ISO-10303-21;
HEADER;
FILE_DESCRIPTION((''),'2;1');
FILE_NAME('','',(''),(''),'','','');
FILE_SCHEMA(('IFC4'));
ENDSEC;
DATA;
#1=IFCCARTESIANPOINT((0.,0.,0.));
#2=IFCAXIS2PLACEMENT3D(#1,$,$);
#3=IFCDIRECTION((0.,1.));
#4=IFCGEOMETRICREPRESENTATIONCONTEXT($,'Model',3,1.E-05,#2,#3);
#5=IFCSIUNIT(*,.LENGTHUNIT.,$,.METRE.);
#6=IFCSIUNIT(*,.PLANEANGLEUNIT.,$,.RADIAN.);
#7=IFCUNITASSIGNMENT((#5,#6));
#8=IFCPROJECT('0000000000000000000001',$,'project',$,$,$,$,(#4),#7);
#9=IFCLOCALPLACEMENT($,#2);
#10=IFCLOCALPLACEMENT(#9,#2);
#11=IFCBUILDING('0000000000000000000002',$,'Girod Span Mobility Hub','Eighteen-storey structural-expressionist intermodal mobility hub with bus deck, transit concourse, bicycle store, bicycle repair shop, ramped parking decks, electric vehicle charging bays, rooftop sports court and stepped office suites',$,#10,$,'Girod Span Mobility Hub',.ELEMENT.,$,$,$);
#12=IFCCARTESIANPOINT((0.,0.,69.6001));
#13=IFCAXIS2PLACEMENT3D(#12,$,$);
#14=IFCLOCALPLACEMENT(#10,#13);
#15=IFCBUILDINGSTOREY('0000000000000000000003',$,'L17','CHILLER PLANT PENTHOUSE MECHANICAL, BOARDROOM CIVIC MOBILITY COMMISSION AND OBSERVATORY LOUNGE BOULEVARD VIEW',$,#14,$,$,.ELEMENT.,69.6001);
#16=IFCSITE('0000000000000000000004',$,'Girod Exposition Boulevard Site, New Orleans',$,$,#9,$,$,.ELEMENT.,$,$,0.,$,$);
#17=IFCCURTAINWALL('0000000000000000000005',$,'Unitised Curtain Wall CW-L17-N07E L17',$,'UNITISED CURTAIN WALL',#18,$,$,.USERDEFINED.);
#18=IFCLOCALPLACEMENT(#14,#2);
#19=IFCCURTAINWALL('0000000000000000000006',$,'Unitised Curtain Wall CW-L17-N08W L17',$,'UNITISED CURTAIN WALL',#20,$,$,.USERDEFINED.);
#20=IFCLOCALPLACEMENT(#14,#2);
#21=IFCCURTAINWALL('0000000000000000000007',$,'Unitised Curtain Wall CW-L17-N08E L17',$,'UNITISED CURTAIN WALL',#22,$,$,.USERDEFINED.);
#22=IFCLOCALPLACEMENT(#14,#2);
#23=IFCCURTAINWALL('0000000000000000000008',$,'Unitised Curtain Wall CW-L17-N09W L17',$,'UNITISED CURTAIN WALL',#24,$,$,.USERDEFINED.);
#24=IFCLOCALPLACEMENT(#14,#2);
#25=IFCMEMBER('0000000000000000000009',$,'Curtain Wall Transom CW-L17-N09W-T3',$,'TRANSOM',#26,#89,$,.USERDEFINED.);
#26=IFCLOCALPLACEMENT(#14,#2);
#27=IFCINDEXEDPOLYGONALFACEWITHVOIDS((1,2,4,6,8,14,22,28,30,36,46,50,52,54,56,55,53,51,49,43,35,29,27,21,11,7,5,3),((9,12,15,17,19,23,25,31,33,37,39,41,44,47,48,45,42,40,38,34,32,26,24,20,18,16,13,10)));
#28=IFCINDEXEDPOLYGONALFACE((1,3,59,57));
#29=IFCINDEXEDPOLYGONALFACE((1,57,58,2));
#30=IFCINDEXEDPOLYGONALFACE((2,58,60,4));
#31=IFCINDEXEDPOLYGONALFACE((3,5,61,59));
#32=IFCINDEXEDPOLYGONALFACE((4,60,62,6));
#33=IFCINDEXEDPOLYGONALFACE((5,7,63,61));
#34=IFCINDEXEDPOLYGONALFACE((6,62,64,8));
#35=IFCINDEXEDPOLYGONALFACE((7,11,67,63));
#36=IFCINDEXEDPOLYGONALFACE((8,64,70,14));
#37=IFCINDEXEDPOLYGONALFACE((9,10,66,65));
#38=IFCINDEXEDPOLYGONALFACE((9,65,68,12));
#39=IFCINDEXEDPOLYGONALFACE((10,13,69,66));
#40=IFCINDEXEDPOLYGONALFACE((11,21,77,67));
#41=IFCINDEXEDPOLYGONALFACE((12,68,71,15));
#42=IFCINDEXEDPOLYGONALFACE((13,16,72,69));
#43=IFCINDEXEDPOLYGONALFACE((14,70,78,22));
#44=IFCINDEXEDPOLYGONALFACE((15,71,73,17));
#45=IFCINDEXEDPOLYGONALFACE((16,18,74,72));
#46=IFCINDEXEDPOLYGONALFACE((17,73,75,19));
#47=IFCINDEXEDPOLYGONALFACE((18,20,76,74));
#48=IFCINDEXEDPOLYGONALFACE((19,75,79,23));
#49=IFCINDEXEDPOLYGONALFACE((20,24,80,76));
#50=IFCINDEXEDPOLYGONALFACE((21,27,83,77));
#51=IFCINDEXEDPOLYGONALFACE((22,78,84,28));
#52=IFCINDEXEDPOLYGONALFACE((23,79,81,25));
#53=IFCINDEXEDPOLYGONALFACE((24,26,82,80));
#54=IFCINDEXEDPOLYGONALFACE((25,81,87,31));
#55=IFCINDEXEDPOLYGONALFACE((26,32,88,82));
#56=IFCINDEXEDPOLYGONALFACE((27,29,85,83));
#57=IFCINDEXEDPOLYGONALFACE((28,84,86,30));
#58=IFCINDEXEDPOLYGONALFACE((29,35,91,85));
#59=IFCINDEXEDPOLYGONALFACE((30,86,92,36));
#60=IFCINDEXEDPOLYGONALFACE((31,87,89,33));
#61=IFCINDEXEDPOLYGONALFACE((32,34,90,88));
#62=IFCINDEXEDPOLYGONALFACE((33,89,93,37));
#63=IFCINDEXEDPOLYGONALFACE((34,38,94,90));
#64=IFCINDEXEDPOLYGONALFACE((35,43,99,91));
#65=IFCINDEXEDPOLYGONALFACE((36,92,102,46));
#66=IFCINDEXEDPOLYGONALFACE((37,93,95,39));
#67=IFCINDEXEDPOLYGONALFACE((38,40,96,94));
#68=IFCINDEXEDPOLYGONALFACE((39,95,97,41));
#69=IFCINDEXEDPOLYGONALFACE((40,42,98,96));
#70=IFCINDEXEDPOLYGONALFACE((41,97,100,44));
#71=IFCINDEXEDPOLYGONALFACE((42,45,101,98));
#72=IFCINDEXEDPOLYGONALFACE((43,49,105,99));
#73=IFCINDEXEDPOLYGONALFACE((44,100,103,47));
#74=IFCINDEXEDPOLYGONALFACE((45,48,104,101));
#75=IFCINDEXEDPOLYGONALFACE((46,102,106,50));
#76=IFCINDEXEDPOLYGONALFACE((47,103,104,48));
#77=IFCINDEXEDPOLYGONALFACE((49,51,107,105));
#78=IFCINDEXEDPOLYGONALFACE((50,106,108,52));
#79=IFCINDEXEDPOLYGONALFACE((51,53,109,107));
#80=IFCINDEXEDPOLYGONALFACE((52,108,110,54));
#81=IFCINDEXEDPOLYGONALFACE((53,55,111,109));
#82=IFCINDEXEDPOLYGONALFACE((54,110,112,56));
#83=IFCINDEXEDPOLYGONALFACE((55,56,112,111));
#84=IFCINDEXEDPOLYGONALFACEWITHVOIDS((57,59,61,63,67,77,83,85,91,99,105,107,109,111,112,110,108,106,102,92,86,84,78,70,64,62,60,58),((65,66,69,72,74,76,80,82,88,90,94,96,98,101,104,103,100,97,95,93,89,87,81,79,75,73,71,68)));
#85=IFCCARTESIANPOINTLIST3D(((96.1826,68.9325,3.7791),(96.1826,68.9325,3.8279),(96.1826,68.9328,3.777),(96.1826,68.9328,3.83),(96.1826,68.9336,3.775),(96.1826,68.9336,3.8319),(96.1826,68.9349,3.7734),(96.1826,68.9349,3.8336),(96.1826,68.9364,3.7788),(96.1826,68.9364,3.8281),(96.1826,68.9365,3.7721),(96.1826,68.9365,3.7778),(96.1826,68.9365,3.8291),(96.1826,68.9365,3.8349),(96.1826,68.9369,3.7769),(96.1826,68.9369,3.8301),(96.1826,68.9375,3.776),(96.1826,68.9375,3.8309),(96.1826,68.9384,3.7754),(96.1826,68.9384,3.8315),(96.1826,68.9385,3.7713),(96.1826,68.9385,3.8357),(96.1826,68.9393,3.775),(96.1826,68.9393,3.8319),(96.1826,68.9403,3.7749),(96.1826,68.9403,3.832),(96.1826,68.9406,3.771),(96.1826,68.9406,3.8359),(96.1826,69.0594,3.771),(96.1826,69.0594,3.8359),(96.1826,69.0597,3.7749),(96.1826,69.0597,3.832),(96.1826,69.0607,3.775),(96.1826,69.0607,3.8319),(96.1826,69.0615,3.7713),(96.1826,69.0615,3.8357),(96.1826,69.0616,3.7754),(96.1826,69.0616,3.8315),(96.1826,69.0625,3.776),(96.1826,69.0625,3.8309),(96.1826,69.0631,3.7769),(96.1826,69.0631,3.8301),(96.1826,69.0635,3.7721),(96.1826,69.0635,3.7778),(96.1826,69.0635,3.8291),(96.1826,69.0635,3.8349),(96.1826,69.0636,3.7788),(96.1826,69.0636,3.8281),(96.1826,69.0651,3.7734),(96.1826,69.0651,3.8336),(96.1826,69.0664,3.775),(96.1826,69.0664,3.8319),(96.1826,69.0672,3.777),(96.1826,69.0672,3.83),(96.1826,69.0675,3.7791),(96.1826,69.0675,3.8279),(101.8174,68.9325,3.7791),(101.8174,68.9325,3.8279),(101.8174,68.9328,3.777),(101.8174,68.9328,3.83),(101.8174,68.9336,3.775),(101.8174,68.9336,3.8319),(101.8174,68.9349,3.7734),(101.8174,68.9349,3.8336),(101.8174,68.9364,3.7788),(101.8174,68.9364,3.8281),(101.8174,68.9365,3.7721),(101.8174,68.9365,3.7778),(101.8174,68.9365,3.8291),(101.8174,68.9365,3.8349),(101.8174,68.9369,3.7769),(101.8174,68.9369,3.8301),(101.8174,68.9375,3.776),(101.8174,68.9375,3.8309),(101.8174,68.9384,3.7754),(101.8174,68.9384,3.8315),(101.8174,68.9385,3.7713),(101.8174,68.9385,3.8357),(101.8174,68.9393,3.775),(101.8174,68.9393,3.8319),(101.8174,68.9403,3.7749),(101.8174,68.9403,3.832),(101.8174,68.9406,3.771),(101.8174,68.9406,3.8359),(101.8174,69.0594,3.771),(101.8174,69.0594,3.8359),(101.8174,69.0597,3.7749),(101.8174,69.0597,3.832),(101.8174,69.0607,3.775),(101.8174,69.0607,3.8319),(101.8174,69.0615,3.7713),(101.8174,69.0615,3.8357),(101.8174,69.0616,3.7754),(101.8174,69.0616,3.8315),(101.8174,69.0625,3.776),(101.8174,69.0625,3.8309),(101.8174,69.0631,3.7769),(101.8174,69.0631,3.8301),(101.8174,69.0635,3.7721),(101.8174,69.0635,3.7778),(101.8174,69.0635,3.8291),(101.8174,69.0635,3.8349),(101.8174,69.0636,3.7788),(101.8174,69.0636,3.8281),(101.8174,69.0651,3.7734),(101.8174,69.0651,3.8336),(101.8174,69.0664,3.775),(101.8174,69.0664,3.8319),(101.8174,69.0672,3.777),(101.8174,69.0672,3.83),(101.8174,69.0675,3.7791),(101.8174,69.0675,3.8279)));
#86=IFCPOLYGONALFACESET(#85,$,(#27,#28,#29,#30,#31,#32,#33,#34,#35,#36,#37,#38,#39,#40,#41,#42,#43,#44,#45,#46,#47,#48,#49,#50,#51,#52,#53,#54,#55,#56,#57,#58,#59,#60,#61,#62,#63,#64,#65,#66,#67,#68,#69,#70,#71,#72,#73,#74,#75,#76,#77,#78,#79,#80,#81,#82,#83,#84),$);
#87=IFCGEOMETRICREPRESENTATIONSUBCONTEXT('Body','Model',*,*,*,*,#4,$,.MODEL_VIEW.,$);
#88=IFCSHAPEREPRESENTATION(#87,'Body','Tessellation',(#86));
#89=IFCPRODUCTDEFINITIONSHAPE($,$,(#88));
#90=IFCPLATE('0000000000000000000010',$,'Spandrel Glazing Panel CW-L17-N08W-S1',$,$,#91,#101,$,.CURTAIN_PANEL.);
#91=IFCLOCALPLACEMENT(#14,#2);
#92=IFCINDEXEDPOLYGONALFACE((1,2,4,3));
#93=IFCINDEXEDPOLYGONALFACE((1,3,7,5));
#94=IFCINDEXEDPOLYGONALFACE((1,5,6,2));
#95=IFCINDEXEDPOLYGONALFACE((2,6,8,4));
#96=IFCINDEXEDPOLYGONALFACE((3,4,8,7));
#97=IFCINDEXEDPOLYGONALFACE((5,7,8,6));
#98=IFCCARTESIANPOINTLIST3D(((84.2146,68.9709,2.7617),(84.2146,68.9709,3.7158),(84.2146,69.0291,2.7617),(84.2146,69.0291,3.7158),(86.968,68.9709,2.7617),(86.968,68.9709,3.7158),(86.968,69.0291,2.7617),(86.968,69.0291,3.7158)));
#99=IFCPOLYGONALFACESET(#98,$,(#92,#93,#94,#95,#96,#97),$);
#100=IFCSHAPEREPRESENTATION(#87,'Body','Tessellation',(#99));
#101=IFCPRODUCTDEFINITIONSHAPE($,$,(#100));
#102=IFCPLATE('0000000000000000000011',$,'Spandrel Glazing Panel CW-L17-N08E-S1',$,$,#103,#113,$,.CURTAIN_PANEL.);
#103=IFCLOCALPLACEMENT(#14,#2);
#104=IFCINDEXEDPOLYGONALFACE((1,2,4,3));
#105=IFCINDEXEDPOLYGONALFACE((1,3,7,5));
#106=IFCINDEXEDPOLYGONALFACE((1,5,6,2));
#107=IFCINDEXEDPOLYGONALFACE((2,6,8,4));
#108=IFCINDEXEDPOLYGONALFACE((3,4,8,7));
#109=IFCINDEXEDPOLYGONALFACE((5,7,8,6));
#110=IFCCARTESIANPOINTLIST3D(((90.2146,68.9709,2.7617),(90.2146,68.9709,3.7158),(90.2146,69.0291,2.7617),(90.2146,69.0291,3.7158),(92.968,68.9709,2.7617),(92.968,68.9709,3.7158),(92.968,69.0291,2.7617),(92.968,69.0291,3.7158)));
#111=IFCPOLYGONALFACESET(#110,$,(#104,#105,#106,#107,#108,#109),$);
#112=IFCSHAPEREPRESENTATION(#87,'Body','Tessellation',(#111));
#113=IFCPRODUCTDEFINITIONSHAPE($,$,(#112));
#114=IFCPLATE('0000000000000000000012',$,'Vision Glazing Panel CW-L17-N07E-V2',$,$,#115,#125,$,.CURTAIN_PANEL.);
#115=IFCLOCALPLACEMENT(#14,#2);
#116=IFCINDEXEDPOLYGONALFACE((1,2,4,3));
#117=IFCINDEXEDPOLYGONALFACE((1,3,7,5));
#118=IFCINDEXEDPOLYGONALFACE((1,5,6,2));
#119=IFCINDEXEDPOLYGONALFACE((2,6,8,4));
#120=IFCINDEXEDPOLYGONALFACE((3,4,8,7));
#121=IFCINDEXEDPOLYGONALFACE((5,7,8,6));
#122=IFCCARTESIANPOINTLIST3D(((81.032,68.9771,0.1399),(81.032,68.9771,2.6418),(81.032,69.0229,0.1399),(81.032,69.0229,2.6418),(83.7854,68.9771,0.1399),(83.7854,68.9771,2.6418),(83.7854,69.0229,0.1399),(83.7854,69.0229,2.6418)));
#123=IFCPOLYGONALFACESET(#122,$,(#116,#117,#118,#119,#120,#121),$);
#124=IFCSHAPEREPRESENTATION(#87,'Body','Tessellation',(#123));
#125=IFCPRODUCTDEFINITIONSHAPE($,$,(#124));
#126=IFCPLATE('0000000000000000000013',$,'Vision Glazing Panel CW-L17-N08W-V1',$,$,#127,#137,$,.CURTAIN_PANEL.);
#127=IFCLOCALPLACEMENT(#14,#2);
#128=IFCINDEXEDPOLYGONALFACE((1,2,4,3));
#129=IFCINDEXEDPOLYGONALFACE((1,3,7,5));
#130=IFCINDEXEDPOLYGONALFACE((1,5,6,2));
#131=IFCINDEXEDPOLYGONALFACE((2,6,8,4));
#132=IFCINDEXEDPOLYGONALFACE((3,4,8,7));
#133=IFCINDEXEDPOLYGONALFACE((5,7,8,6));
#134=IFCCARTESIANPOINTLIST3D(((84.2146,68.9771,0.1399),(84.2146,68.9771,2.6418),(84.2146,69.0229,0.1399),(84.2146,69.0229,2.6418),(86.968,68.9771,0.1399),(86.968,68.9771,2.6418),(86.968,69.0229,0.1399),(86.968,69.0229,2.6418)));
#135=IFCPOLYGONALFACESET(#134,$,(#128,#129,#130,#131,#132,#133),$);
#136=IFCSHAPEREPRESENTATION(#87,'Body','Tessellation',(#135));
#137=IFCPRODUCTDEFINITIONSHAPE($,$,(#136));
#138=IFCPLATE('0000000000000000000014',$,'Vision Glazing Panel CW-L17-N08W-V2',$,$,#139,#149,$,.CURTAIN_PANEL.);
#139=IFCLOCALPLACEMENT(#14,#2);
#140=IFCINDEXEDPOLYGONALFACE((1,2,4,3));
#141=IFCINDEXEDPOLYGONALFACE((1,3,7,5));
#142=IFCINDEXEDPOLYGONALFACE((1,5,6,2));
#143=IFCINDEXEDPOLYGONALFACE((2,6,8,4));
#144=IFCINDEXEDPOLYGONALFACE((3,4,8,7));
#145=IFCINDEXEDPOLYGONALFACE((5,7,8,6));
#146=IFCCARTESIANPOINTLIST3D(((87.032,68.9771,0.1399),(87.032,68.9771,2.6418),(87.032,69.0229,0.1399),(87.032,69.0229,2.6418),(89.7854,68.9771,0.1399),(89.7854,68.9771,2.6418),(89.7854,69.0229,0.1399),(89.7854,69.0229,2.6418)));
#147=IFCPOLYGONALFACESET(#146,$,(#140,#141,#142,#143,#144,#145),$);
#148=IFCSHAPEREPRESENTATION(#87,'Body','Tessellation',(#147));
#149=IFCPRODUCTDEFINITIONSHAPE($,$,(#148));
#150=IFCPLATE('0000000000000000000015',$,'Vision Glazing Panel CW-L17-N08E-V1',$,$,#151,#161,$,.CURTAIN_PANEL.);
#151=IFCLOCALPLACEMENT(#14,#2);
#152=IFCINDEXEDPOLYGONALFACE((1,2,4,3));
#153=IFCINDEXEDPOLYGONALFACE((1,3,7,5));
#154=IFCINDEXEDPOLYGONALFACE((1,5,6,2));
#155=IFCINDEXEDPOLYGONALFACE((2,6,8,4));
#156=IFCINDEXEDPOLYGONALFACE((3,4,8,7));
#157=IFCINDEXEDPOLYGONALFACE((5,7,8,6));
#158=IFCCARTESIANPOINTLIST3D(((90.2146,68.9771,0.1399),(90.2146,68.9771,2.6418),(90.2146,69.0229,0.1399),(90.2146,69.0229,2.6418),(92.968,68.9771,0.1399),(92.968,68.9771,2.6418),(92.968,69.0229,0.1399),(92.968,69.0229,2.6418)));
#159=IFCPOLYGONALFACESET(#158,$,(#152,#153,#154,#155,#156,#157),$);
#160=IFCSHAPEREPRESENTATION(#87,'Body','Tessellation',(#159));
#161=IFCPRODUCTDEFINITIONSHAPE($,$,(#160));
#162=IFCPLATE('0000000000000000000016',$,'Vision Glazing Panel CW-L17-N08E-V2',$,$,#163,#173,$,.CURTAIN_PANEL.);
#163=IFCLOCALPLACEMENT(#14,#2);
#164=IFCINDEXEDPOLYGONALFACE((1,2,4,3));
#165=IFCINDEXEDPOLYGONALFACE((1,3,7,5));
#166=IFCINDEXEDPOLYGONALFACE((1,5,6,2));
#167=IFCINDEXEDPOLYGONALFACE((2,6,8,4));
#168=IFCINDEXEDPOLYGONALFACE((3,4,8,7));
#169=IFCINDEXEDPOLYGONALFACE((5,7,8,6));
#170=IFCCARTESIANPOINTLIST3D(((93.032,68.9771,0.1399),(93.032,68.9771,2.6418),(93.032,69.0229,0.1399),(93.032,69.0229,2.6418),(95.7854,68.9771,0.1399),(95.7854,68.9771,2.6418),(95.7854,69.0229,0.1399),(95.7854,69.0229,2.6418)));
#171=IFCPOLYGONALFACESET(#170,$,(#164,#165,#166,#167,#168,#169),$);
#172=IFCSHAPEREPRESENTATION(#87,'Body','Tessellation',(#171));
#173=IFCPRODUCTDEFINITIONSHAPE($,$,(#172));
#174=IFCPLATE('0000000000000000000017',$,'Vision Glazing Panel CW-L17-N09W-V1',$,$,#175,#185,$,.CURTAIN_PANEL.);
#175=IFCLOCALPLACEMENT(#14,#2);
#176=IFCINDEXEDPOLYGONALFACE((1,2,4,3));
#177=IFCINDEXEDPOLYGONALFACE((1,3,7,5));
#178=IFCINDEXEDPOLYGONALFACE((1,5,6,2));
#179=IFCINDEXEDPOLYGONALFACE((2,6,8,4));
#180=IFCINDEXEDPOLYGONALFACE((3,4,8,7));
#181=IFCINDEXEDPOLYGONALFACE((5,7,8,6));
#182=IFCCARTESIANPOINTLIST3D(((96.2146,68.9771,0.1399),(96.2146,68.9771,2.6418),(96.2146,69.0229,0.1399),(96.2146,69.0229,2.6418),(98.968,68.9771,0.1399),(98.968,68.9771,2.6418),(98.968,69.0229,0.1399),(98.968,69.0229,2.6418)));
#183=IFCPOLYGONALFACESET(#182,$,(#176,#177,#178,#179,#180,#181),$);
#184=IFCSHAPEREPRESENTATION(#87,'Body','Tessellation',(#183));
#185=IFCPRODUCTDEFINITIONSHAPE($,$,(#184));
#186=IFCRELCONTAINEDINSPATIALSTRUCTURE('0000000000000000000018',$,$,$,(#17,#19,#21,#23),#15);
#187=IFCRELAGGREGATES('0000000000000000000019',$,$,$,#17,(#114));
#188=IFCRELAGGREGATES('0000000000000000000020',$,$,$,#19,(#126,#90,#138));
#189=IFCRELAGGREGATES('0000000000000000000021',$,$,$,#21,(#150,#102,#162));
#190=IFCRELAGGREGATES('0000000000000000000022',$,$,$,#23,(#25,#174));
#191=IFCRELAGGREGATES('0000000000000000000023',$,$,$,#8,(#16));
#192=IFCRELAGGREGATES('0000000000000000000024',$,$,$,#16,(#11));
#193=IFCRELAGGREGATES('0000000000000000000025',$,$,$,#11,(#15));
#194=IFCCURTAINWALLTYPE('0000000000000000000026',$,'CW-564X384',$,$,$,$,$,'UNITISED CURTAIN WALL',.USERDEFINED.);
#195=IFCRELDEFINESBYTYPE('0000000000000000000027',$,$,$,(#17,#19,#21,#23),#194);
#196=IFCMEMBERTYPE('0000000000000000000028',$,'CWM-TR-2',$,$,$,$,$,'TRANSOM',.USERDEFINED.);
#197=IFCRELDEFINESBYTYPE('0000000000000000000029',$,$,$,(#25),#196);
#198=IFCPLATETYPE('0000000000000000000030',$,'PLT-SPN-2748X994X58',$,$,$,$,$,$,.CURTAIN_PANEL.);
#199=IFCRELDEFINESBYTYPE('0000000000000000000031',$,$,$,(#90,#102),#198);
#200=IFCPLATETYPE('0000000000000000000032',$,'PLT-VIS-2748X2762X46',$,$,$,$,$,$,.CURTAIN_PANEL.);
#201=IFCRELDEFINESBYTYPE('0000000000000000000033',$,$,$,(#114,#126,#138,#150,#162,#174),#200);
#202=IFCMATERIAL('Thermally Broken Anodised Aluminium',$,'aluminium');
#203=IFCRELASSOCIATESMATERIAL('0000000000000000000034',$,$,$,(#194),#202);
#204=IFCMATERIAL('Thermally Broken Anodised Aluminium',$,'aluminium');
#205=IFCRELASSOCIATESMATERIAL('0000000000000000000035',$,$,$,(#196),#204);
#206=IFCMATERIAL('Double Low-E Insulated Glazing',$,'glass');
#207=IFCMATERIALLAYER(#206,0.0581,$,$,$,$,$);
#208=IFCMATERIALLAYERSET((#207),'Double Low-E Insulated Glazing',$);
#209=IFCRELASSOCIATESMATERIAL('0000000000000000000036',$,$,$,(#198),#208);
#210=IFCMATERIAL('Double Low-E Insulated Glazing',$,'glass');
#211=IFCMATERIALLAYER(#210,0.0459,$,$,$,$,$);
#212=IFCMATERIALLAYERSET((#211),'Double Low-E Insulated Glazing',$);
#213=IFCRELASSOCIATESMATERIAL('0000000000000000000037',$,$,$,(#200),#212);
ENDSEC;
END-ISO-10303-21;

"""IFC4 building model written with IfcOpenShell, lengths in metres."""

from ifc_helpers import new_model, si_unit, direction, frame, origin, origin_2d, place, context, subcontext, project, spatial, rectangle, hollow_rectangle, extrude, material, layer, layer_set, material_profile, profile_set, type_object, element, aggregate, save


model = new_model("IFC4")

# Units and contexts
model_context = context("Model", 3, precision=1e-05, world=origin(), true_north=direction((0.0, 1.0)))
body_context = subcontext(model_context, "Body", "Model", "MODEL_VIEW")
ifc_project = project(units=[si_unit("LENGTHUNIT", "METRE"), si_unit("PLANEANGLEUNIT", "RADIAN")], contexts=[model_context])

# Site, building, storey
site_placement = place(None, origin())
site = spatial("IfcSite", under=ifc_project, at=site_placement, Name="Girod Exposition Boulevard Site, New Orleans", CompositionType="ELEMENT", RefElevation=0.0)
building_placement = place(site_placement, origin())
building = spatial("IfcBuilding", under=site, at=building_placement, Name="Girod Span Mobility Hub", Description="Eighteen-storey structural-expressionist intermodal mobility hub with bus deck, transit concourse, bicycle store, bicycle repair shop, ramped parking decks, electric vehicle charging bays, rooftop sports court and stepped office suites", LongName="Girod Span Mobility Hub", CompositionType="ELEMENT")
storey_placement = place(building_placement, frame((0.0, 0.0, 69.6001)))
storey = spatial("IfcBuildingStorey", under=building, at=storey_placement, Name="L17", Description="CHILLER PLANT PENTHOUSE MECHANICAL, BOARDROOM CIVIC MOBILITY COMMISSION AND OBSERVATORY LOUNGE BOULEVARD VIEW", CompositionType="ELEMENT", Elevation=69.6001)

# Curtain wall
ifc_material_1 = material(Name="Thermally Broken Anodised Aluminium", Category="aluminium")
curtain_wall_type = type_object("IfcCurtainWallType", Name="CW-564X384", ElementType="UNITISED CURTAIN WALL", PredefinedType="USERDEFINED", material=ifc_material_1)
curtain_wall_1_placement = place(storey_placement, origin())
curtain_wall_1 = element("IfcCurtainWall", 1, at=curtain_wall_1_placement, inside=storey, type_object=curtain_wall_type, Name="Unitised Curtain Wall CW-L17-N07E L17", ObjectType="UNITISED CURTAIN WALL", PredefinedType="USERDEFINED")

# Curtain walls
curtain_wall_2_placement = place(storey_placement, origin())
curtain_wall_2 = element("IfcCurtainWall", 2, at=curtain_wall_2_placement, inside=storey, type_object=curtain_wall_type, Name="Unitised Curtain Wall CW-L17-N08W L17", ObjectType="UNITISED CURTAIN WALL", PredefinedType="USERDEFINED")
curtain_wall_3_placement = place(storey_placement, origin())
curtain_wall_3 = element("IfcCurtainWall", 3, at=curtain_wall_3_placement, inside=storey, type_object=curtain_wall_type, Name="Unitised Curtain Wall CW-L17-N08E L17", ObjectType="UNITISED CURTAIN WALL", PredefinedType="USERDEFINED")

# Curtain wall
curtain_wall_4_placement = place(storey_placement, origin())
curtain_wall_4 = element("IfcCurtainWall", 4, at=curtain_wall_4_placement, inside=storey, type_object=curtain_wall_type, Name="Unitised Curtain Wall CW-L17-N09W L17", ObjectType="UNITISED CURTAIN WALL", PredefinedType="USERDEFINED")

# Member
ifc_material_2 = material(Name="Thermally Broken Anodised Aluminium", Category="aluminium")
ifc_material_profile_1 = material_profile(ifc_material_2, hollow_rectangle(XDim=0.135, YDim=0.0649, WallThickness=0.0039, InnerFilletRadius=0.0039, OuterFilletRadius=0.0081, at=origin_2d()), Name="CW-TR-65X135")
ifc_profile_set_1 = profile_set([ifc_material_profile_1], Name="Thermally Broken Anodised Aluminium")
member_type_1 = type_object("IfcMemberType", Name="CWM-TR-2", ElementType="TRANSOM", PredefinedType="USERDEFINED", material=ifc_profile_set_1)
member_1_placement = place(storey_placement, frame((96.1826, 69.0, 3.8035), z_axis=(1.0, 0.0, 0.0), x_axis=(0.0, 1.0, 0.0)))
member_1 = element("IfcMember", 5, at=member_1_placement, type_object=member_type_1, Name="Curtain Wall Transom CW-L17-N09W-T3", ObjectType="TRANSOM", PredefinedType="USERDEFINED", context=body_context, shape_type="SweptSolid", body=[
    extrude(hollow_rectangle(XDim=0.135, YDim=0.0649, WallThickness=0.0039, InnerFilletRadius=0.0039, OuterFilletRadius=0.0081, at=origin_2d()), origin(), (0.0, 0.0, 1.0), 5.6348),
])

# Plates
ifc_material_3 = material(Name="Double Low-E Insulated Glazing", Category="glass")
ifc_layer_1 = layer(ifc_material_3, 0.0581)
ifc_layer_set_1 = layer_set([ifc_layer_1], Name="Double Low-E Insulated Glazing")
plate_type_1 = type_object("IfcPlateType", Name="PLT-SPN-2748X994X58", PredefinedType="CURTAIN_PANEL", material=ifc_layer_set_1)
plate_1_placement = place(storey_placement, frame((85.5913, 69.0, 2.7617), z_axis=(0.0, 0.0, 1.0), x_axis=(1.0, 0.0, 0.0)))
plate_1 = element("IfcPlate", 6, at=plate_1_placement, type_object=plate_type_1, Name="Spandrel Glazing Panel CW-L17-N08W-S1", PredefinedType="CURTAIN_PANEL", context=body_context, shape_type="SweptSolid", body=[
    extrude(rectangle(XDim=2.7534, YDim=0.0581, at=origin_2d()), origin(), (0.0, 0.0, 1.0), 0.9541),
])
plate_2_placement = place(storey_placement, frame((91.5913, 69.0, 2.7617), z_axis=(0.0, 0.0, 1.0), x_axis=(1.0, 0.0, 0.0)))
plate_2 = element("IfcPlate", 7, at=plate_2_placement, type_object=plate_type_1, Name="Spandrel Glazing Panel CW-L17-N08E-S1", PredefinedType="CURTAIN_PANEL", context=body_context, shape_type="SweptSolid", body=[
    extrude(rectangle(XDim=2.7534, YDim=0.0581, at=origin_2d()), origin(), (0.0, 0.0, 1.0), 0.9541),
])
ifc_material_4 = material(Name="Double Low-E Insulated Glazing", Category="glass")
ifc_layer_2 = layer(ifc_material_4, 0.0459)
ifc_layer_set_2 = layer_set([ifc_layer_2], Name="Double Low-E Insulated Glazing")
plate_type_2 = type_object("IfcPlateType", Name="PLT-VIS-2748X2762X46", PredefinedType="CURTAIN_PANEL", material=ifc_layer_set_2)
plate_3_placement = place(storey_placement, frame((82.4087, 69.0, 0.1399), z_axis=(0.0, 0.0, 1.0), x_axis=(1.0, 0.0, 0.0)))
plate_3 = element("IfcPlate", 8, at=plate_3_placement, type_object=plate_type_2, Name="Vision Glazing Panel CW-L17-N07E-V2", PredefinedType="CURTAIN_PANEL", context=body_context, shape_type="SweptSolid", body=[
    extrude(rectangle(XDim=2.7534, YDim=0.0459, at=origin_2d()), origin(), (0.0, 0.0, 1.0), 2.502),
])
aggregate(curtain_wall_1, [plate_3])
plate_4_placement = place(storey_placement, frame((85.5913, 69.0, 0.1399), z_axis=(0.0, 0.0, 1.0), x_axis=(1.0, 0.0, 0.0)))
plate_4 = element("IfcPlate", 9, at=plate_4_placement, type_object=plate_type_2, Name="Vision Glazing Panel CW-L17-N08W-V1", PredefinedType="CURTAIN_PANEL", context=body_context, shape_type="SweptSolid", body=[
    extrude(rectangle(XDim=2.7534, YDim=0.0459, at=origin_2d()), origin(), (0.0, 0.0, 1.0), 2.502),
])
plate_5_placement = place(storey_placement, frame((88.4087, 69.0, 0.1399), z_axis=(0.0, 0.0, 1.0), x_axis=(1.0, 0.0, 0.0)))
plate_5 = element("IfcPlate", 10, at=plate_5_placement, type_object=plate_type_2, Name="Vision Glazing Panel CW-L17-N08W-V2", PredefinedType="CURTAIN_PANEL", context=body_context, shape_type="SweptSolid", body=[
    extrude(rectangle(XDim=2.7534, YDim=0.0459, at=origin_2d()), origin(), (0.0, 0.0, 1.0), 2.502),
])
aggregate(curtain_wall_2, [plate_4, plate_1, plate_5])
plate_6_placement = place(storey_placement, frame((91.5913, 69.0, 0.1399), z_axis=(0.0, 0.0, 1.0), x_axis=(1.0, 0.0, 0.0)))
plate_6 = element("IfcPlate", 11, at=plate_6_placement, type_object=plate_type_2, Name="Vision Glazing Panel CW-L17-N08E-V1", PredefinedType="CURTAIN_PANEL", context=body_context, shape_type="SweptSolid", body=[
    extrude(rectangle(XDim=2.7534, YDim=0.0459, at=origin_2d()), origin(), (0.0, 0.0, 1.0), 2.502),
])
plate_7_placement = place(storey_placement, frame((94.4087, 69.0, 0.1399), z_axis=(0.0, 0.0, 1.0), x_axis=(1.0, 0.0, 0.0)))
plate_7 = element("IfcPlate", 12, at=plate_7_placement, type_object=plate_type_2, Name="Vision Glazing Panel CW-L17-N08E-V2", PredefinedType="CURTAIN_PANEL", context=body_context, shape_type="SweptSolid", body=[
    extrude(rectangle(XDim=2.7534, YDim=0.0459, at=origin_2d()), origin(), (0.0, 0.0, 1.0), 2.502),
])
aggregate(curtain_wall_3, [plate_6, plate_2, plate_7])
plate_8_placement = place(storey_placement, frame((97.5913, 69.0, 0.1399), z_axis=(0.0, 0.0, 1.0), x_axis=(1.0, 0.0, 0.0)))
plate_8 = element("IfcPlate", 13, at=plate_8_placement, type_object=plate_type_2, Name="Vision Glazing Panel CW-L17-N09W-V1", PredefinedType="CURTAIN_PANEL", context=body_context, shape_type="SweptSolid", body=[
    extrude(rectangle(XDim=2.7534, YDim=0.0459, at=origin_2d()), origin(), (0.0, 0.0, 1.0), 2.502),
])
aggregate(curtain_wall_4, [member_1, plate_8])

save(model, "model.ifc")
